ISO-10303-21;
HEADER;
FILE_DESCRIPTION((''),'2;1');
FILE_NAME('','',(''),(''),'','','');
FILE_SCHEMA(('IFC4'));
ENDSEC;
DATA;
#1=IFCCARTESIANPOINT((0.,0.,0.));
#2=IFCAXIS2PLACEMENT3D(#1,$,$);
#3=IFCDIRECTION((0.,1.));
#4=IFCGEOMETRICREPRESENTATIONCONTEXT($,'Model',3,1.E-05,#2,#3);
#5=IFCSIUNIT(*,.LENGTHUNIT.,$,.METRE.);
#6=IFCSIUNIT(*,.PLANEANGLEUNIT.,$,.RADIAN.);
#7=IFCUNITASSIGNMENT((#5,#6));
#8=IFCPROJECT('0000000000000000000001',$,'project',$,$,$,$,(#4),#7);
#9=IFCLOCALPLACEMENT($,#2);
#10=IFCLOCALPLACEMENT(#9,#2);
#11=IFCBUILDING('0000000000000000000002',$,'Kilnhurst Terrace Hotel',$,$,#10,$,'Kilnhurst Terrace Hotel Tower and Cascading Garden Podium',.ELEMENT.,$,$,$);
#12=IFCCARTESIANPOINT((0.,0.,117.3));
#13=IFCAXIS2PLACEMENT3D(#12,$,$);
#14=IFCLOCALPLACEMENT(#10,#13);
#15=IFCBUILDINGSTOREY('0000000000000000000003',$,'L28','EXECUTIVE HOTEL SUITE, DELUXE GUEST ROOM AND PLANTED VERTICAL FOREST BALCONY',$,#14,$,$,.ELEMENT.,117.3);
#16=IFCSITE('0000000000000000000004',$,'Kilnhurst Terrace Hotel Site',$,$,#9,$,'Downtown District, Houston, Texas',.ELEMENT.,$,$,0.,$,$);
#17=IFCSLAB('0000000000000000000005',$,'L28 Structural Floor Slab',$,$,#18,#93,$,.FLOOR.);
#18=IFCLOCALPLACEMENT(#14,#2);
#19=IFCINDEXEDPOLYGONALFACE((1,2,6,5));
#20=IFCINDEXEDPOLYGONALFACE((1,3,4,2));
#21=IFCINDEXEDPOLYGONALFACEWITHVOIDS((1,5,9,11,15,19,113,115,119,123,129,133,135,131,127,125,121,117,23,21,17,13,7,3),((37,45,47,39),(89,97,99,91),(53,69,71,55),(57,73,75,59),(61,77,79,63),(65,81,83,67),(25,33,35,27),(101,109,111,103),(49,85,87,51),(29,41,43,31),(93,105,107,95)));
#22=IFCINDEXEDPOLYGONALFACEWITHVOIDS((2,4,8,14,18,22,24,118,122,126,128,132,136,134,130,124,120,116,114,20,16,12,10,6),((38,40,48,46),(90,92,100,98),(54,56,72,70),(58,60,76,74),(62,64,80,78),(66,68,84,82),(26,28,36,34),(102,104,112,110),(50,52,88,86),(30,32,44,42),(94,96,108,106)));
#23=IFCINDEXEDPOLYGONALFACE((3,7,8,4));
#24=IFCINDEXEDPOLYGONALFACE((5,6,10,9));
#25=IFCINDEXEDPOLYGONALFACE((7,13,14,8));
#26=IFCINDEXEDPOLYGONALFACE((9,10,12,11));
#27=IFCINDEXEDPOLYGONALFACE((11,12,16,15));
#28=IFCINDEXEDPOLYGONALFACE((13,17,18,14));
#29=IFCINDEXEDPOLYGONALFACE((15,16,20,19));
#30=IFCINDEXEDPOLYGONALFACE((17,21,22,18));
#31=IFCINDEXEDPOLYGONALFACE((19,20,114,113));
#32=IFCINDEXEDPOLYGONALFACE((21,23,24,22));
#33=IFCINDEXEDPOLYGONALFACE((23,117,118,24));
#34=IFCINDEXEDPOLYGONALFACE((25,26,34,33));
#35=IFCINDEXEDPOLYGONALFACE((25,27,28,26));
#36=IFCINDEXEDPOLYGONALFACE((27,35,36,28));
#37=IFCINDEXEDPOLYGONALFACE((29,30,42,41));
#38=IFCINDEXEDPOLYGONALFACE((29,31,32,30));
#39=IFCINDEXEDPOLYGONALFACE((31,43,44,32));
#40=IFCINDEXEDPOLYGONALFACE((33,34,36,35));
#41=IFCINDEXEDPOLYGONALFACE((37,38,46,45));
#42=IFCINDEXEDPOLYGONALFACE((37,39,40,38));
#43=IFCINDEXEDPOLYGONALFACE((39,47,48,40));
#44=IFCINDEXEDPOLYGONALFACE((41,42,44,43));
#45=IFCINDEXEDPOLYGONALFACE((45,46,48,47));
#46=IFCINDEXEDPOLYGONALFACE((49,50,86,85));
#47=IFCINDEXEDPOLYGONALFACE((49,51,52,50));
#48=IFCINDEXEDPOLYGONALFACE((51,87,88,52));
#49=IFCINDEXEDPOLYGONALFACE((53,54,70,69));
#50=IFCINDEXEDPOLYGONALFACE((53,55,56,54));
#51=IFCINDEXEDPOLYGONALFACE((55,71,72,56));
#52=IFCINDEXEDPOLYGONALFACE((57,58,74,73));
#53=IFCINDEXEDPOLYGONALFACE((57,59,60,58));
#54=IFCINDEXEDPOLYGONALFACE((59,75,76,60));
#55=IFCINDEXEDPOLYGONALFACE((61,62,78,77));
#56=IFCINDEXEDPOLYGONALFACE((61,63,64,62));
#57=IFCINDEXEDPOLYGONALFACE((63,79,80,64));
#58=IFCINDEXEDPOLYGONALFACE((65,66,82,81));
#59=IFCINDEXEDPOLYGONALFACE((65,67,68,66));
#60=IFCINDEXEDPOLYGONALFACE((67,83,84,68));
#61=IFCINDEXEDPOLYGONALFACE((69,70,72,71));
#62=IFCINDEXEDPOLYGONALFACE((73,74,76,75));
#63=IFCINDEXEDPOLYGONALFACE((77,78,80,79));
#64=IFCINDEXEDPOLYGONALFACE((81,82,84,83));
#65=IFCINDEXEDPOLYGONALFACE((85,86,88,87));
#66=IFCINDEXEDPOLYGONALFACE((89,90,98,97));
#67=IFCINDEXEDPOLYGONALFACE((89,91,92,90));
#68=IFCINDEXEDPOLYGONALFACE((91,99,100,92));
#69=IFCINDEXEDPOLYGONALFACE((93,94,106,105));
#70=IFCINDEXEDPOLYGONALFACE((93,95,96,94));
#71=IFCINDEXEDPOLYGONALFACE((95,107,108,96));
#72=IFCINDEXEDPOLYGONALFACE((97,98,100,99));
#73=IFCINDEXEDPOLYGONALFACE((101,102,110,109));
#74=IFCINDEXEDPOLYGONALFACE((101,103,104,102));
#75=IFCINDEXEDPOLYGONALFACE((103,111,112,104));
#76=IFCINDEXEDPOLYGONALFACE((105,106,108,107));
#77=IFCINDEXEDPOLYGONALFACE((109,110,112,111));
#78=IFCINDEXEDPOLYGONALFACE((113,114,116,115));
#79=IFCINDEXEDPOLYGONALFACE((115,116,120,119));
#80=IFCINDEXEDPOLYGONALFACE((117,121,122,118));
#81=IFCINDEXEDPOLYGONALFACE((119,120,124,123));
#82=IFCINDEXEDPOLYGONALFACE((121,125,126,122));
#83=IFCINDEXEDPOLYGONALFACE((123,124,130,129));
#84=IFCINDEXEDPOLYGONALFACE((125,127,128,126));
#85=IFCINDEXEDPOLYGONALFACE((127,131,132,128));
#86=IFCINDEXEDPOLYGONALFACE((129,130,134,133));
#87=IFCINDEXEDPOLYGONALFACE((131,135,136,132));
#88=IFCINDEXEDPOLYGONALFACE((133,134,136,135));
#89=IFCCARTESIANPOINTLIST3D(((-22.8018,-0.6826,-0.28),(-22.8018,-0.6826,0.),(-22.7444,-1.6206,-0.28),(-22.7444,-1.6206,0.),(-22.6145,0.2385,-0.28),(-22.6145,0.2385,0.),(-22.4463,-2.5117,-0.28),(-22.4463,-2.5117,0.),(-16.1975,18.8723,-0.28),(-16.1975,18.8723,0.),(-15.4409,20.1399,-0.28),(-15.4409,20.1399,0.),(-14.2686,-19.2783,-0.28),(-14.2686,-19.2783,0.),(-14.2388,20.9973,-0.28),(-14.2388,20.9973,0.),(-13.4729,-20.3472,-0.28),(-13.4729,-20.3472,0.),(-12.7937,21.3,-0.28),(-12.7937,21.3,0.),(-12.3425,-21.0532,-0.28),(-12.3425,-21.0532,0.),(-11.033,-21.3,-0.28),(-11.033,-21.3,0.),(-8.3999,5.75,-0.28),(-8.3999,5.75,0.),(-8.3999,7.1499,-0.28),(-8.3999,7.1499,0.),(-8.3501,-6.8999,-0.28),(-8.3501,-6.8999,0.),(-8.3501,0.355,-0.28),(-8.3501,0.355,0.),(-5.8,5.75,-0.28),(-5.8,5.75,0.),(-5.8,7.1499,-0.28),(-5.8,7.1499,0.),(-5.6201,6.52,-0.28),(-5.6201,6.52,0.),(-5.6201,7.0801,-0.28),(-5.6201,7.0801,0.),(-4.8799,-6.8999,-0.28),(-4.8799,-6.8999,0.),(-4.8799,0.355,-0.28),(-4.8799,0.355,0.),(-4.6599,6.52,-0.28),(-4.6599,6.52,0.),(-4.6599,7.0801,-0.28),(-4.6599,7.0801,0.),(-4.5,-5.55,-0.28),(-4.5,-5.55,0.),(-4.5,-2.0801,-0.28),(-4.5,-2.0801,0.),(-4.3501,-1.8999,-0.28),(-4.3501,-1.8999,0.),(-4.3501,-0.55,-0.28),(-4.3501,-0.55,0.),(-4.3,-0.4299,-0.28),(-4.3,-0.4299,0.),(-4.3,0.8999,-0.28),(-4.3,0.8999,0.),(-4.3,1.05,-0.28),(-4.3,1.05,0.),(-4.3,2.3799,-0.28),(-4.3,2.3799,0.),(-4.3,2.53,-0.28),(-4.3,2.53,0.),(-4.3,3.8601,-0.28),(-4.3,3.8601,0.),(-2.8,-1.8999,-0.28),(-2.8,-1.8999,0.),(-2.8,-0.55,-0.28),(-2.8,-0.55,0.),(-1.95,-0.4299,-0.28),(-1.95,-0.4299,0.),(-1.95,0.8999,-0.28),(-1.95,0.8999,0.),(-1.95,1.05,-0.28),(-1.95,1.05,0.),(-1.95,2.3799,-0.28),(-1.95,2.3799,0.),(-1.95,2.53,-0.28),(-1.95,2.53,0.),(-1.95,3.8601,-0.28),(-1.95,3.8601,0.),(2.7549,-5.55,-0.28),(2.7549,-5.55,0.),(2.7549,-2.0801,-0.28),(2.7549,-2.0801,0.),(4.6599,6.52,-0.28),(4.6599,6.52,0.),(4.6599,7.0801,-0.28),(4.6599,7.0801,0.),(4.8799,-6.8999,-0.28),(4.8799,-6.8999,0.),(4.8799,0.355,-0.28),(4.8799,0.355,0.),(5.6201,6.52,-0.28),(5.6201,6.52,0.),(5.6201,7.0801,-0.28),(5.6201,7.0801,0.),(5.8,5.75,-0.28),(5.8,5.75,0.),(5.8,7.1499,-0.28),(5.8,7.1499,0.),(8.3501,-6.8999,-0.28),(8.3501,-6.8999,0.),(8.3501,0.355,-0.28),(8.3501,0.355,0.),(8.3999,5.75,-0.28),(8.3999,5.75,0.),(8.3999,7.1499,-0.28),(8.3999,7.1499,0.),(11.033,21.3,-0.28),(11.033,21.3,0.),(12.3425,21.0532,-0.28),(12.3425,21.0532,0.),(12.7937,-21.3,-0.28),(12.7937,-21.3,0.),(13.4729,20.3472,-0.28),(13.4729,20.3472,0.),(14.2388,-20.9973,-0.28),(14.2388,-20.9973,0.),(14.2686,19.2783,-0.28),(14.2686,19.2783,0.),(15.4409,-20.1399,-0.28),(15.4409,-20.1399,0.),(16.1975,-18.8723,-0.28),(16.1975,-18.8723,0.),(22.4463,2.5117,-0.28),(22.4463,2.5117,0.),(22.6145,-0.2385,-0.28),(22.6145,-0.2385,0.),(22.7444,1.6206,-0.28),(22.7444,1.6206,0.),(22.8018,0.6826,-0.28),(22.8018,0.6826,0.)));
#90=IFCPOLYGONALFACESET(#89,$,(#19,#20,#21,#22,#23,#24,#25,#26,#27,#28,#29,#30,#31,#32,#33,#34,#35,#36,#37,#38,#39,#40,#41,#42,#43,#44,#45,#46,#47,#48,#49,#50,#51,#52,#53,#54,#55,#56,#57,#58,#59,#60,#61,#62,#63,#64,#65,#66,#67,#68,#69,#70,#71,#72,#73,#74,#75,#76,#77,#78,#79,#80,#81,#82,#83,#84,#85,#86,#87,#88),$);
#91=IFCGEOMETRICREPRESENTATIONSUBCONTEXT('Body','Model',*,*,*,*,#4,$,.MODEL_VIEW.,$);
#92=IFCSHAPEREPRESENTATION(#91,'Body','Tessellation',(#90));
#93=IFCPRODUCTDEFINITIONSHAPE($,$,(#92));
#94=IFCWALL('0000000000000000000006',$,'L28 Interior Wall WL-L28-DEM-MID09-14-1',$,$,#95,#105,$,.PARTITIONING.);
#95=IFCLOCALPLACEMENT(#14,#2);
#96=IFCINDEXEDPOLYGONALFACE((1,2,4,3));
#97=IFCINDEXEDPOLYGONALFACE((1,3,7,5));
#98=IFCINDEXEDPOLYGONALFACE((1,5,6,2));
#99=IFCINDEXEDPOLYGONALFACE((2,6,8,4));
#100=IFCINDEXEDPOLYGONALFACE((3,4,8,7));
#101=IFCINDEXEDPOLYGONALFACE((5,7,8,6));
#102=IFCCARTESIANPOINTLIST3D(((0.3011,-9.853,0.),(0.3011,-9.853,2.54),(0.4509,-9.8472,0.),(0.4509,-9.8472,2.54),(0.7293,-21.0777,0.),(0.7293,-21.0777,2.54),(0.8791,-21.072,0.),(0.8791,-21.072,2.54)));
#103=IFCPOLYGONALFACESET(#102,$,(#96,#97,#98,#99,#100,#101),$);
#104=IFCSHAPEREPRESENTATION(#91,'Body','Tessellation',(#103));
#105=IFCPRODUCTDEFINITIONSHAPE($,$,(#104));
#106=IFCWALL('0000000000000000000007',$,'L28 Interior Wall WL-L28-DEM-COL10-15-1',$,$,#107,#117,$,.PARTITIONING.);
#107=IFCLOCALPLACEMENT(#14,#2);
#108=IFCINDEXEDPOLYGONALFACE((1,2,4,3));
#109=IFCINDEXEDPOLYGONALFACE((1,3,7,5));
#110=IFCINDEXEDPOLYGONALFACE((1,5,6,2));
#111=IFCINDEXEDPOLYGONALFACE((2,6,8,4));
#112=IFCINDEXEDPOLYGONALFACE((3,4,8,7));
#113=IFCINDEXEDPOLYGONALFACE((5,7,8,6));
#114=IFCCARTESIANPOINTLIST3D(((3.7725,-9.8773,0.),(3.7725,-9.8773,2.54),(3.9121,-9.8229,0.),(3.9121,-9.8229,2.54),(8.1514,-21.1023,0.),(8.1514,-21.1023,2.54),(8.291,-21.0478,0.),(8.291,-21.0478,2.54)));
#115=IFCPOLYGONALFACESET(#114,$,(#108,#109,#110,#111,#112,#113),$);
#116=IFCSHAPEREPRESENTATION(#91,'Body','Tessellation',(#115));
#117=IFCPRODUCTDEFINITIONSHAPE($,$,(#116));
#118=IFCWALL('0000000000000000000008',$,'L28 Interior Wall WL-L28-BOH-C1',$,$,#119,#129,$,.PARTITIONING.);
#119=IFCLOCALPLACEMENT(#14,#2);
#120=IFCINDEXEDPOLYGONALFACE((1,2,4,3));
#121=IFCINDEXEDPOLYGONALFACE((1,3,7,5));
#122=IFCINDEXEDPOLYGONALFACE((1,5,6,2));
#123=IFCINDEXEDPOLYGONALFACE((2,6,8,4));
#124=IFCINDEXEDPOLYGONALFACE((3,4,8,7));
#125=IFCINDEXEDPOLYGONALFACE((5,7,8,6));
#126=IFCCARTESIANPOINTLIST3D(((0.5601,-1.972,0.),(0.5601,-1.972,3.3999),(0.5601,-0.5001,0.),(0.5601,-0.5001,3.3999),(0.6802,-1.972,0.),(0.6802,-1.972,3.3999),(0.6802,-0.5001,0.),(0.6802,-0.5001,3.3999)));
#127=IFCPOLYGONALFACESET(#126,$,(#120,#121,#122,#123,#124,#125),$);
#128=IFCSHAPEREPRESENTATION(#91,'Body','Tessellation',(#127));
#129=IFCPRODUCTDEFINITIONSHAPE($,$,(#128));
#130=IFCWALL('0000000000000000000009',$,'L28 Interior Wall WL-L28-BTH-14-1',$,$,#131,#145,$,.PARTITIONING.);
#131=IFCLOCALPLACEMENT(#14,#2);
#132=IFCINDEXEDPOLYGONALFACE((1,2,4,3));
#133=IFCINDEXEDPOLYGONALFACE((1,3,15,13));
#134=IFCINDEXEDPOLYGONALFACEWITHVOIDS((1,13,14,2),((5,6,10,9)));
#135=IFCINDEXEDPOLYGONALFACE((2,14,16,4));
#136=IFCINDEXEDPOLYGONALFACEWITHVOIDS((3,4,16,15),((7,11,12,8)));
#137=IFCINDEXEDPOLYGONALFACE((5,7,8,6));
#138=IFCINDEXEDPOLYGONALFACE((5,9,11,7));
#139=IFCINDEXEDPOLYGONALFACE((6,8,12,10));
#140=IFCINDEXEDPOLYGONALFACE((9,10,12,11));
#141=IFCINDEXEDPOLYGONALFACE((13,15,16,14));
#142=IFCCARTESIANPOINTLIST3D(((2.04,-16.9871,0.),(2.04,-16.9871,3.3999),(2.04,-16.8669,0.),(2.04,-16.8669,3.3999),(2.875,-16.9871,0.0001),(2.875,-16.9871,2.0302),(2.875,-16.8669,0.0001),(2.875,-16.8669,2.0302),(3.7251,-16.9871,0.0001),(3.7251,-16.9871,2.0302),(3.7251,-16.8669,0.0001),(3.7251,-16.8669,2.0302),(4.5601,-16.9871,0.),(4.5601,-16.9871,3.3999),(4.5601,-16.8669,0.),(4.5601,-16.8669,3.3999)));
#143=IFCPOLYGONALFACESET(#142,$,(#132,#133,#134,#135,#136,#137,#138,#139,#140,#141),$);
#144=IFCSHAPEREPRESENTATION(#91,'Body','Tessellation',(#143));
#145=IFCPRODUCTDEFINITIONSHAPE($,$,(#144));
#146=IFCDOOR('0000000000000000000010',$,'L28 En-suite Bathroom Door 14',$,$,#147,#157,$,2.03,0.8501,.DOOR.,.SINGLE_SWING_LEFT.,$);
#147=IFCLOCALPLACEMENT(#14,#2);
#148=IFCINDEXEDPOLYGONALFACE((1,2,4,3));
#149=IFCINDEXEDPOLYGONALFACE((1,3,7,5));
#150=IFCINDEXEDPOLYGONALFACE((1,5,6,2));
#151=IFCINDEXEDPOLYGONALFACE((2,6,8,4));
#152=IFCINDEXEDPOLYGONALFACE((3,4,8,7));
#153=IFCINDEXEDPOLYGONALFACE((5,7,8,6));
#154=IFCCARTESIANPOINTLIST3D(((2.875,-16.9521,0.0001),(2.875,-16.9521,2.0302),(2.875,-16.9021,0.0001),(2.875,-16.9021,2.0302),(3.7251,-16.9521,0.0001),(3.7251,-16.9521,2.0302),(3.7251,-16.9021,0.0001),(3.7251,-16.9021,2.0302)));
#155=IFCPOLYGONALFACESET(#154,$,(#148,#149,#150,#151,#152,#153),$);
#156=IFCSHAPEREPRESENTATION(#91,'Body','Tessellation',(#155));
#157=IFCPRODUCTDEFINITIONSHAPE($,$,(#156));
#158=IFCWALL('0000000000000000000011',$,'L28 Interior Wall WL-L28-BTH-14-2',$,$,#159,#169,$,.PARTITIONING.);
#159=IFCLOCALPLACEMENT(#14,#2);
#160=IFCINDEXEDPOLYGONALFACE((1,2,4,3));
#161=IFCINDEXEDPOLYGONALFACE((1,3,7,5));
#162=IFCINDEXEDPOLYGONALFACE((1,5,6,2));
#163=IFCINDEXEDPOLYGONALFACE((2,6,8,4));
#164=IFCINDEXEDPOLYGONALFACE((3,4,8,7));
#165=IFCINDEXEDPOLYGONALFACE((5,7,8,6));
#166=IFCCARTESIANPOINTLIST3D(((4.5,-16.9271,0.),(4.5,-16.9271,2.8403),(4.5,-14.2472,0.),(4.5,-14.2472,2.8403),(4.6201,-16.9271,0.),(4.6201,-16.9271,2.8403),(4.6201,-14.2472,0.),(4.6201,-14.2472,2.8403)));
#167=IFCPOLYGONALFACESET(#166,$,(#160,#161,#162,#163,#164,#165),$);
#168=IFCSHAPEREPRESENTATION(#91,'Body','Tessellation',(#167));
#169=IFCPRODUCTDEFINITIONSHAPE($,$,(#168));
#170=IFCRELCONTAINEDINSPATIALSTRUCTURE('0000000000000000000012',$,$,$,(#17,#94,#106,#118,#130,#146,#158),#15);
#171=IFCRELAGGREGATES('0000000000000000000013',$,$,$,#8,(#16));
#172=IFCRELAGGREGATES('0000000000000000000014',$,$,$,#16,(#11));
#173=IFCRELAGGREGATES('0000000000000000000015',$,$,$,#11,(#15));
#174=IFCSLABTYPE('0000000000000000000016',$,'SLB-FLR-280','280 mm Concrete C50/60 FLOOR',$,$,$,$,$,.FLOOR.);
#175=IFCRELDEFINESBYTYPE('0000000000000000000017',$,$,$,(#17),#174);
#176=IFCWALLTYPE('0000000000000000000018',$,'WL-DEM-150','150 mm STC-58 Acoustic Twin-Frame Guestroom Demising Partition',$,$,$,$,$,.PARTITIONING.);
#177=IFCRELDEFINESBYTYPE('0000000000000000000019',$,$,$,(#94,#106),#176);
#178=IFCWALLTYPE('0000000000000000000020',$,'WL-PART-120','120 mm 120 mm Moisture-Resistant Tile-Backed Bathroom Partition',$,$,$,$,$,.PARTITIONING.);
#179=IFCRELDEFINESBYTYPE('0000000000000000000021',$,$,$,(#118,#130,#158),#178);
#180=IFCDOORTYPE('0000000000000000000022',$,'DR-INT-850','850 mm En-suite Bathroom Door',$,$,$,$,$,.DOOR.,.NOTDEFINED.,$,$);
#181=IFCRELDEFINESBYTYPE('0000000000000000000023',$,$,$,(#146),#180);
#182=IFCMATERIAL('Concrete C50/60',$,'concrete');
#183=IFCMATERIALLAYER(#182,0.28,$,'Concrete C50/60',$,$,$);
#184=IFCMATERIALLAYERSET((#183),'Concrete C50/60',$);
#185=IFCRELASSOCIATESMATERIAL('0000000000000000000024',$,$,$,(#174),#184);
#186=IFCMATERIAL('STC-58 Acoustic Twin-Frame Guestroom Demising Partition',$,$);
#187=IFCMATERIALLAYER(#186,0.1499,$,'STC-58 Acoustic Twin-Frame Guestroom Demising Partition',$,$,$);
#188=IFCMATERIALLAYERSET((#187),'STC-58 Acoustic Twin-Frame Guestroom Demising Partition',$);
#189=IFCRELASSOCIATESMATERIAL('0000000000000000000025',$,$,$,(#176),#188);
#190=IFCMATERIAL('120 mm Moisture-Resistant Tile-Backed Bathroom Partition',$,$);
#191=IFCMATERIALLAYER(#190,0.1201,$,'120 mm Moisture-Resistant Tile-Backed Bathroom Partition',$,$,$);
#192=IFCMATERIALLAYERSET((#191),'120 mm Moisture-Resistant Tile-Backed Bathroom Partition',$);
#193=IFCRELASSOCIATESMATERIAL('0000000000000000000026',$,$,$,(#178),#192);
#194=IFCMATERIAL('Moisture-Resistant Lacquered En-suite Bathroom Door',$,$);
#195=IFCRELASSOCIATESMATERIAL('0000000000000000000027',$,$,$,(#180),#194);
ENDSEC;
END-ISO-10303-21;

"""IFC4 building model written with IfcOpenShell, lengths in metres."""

from ifc_helpers import new_model, si_unit, direction, frame, frame_2d, origin, place, context, subcontext, project, spatial, polyline, rectangle, outline, extrude, material, layer, layer_set, type_object, element, fill, save


model = new_model("IFC4")

# Units and contexts
model_context = context("Model", 3, precision=1e-05, world=origin(), true_north=direction((0.0, 1.0)))
body_context = subcontext(model_context, "Body", "Model", "MODEL_VIEW")
ifc_project = project(units=[si_unit("LENGTHUNIT", "METRE"), si_unit("PLANEANGLEUNIT", "RADIAN")], contexts=[model_context])

# Site, building, storey
site_placement = place(None, origin())
site = spatial("IfcSite", under=ifc_project, at=site_placement, Name="Kilnhurst Terrace Hotel Site", LongName="Downtown District, Houston, Texas", CompositionType="ELEMENT", RefElevation=0.0)
building_placement = place(site_placement, origin())
building = spatial("IfcBuilding", under=site, at=building_placement, Name="Kilnhurst Terrace Hotel", LongName="Kilnhurst Terrace Hotel Tower and Cascading Garden Podium", CompositionType="ELEMENT")
storey_placement = place(building_placement, frame((0.0, 0.0, 117.3)))
storey = spatial("IfcBuildingStorey", under=building, at=storey_placement, Name="L28", Description="EXECUTIVE HOTEL SUITE, DELUXE GUEST ROOM AND PLANTED VERTICAL FOREST BALCONY", CompositionType="ELEMENT", Elevation=117.3)

# Shared definitions
ifc_material_1 = material(Name="Concrete C50/60", Category="concrete")

# Slab
ifc_layer_1 = layer(ifc_material_1, 0.28, Name="Concrete C50/60")
ifc_layer_set_1 = layer_set([ifc_layer_1], Name="Concrete C50/60")
slab_type_1 = type_object("IfcSlabType", Name="SLB-FLR-280", Description="280 mm Concrete C50/60 FLOOR", PredefinedType="FLOOR", material=ifc_layer_set_1)
slab_1_placement = place(storey_placement, frame((0.0, 0.0, -0.28)))
element("IfcSlab", 1, at=slab_1_placement, inside=storey, type_object=slab_type_1, Name="L28 Structural Floor Slab", PredefinedType="FLOOR", context=body_context, shape_type="SweptSolid", body=[
    extrude(outline(polyline([(-14.2686, -19.2783), (-13.4729, -20.3472), (-12.3425, -21.0532), (-11.033, -21.3), (12.7937, -21.3), (14.2388, -20.9973), (15.4409, -20.1399), (16.1975, -18.8723), (22.6145, -0.2385), (22.8018, 0.6826), (22.7444, 1.6206), (22.4463, 2.5117), (14.2686, 19.2783), (13.4729, 20.3472), (12.3425, 21.0532), (11.033, 21.3), (-12.7937, 21.3), (-14.2388, 20.9973), (-15.4409, 20.1399), (-16.1975, 18.8723), (-22.6145, 0.2385), (-22.8018, -0.6826), (-22.7444, -1.6206), (-22.4463, -2.5117), (-14.2686, -19.2783)]), holes=[polyline([(-8.3501, 0.355), (-4.8799, 0.355), (-4.8799, -6.8999), (-8.3501, -6.8999), (-8.3501, 0.355)]), polyline([(-2.8, -1.8999), (-4.3501, -1.8999), (-4.3501, -0.55), (-2.8, -0.55), (-2.8, -1.8999)]), polyline([(-1.95, -0.4299), (-4.3, -0.4299), (-4.3, 0.8999), (-1.95, 0.8999), (-1.95, -0.4299)]), polyline([(-4.3, 1.05), (-4.3, 2.3799), (-1.95, 2.3799), (-1.95, 1.05), (-4.3, 1.05)]), polyline([(-8.3999, 5.75), (-8.3999, 7.1499), (-5.8, 7.1499), (-5.8, 5.75), (-8.3999, 5.75)]), polyline([(-4.6599, 6.52), (-5.6201, 6.52), (-5.6201, 7.0801), (-4.6599, 7.0801), (-4.6599, 6.52)]), polyline([(2.7549, -5.55), (-4.5, -5.55), (-4.5, -2.0801), (2.7549, -2.0801), (2.7549, -5.55)]), polyline([(8.3501, 0.355), (8.3501, -6.8999), (4.8799, -6.8999), (4.8799, 0.355), (8.3501, 0.355)]), polyline([(-1.95, 2.53), (-4.3, 2.53), (-4.3, 3.8601), (-1.95, 3.8601), (-1.95, 2.53)]), polyline([(5.8, 5.75), (5.8, 7.1499), (8.3999, 7.1499), (8.3999, 5.75), (5.8, 5.75)]), polyline([(4.6599, 6.52), (4.6599, 7.0801), (5.6201, 7.0801), (5.6201, 6.52), (4.6599, 6.52)])]), origin(), (0.0, 0.0, 1.0), 0.28),
])

# Walls
ifc_material_2 = material(Name="STC-58 Acoustic Twin-Frame Guestroom Demising Partition")
ifc_layer_2 = layer(ifc_material_2, 0.1499, Name="STC-58 Acoustic Twin-Frame Guestroom Demising Partition")
ifc_layer_set_2 = layer_set([ifc_layer_2], Name="STC-58 Acoustic Twin-Frame Guestroom Demising Partition")
wall_type_1 = type_object("IfcWallType", Name="WL-DEM-150", Description="150 mm STC-58 Acoustic Twin-Frame Guestroom Demising Partition", PredefinedType="PARTITIONING", material=ifc_layer_set_2)
wall_1_placement = place(storey_placement, frame((0.376, -9.8501, 0.0), z_axis=(0.0, 0.0, 1.0), x_axis=(0.038122, -0.999273, 0.0)))
element("IfcWall", 2, at=wall_1_placement, inside=storey, type_object=wall_type_1, Name="L28 Interior Wall WL-L28-DEM-MID09-14-1", PredefinedType="PARTITIONING", context=body_context, shape_type="SweptSolid", body=[
    extrude(rectangle(XDim=11.2329, YDim=0.1499, at=frame_2d((5.6165, 0.0))), origin(), (0.0, 0.0, 1.0), 2.54),
])
wall_2_placement = place(storey_placement, frame((3.8423, -9.8501, 0.0), z_axis=(0.0, 0.0, 1.0), x_axis=(0.363433, -0.93162, 0.0)))
element("IfcWall", 3, at=wall_2_placement, inside=storey, type_object=wall_type_1, Name="L28 Interior Wall WL-L28-DEM-COL10-15-1", PredefinedType="PARTITIONING", context=body_context, shape_type="SweptSolid", body=[
    extrude(rectangle(XDim=12.0488, YDim=0.1499, at=frame_2d((6.0244, 0.0))), origin(), (0.0, 0.0, 1.0), 2.54),
])
ifc_material_3 = material(Name="120 mm Moisture-Resistant Tile-Backed Bathroom Partition")
ifc_layer_3 = layer(ifc_material_3, 0.1201, Name="120 mm Moisture-Resistant Tile-Backed Bathroom Partition")
ifc_layer_set_3 = layer_set([ifc_layer_3], Name="120 mm Moisture-Resistant Tile-Backed Bathroom Partition")
wall_type_2 = type_object("IfcWallType", Name="WL-PART-120", Description="120 mm 120 mm Moisture-Resistant Tile-Backed Bathroom Partition", PredefinedType="PARTITIONING", material=ifc_layer_set_3)
wall_3_placement = place(storey_placement, frame((0.6201, -1.9719, 0.0), z_axis=(0.0, 0.0, 1.0), x_axis=(0.0, 1.0, 0.0)))
element("IfcWall", 4, at=wall_3_placement, inside=storey, type_object=wall_type_2, Name="L28 Interior Wall WL-L28-BOH-C1", PredefinedType="PARTITIONING", context=body_context, shape_type="SweptSolid", body=[
    extrude(rectangle(XDim=1.4719, YDim=0.1201, at=frame_2d((0.7358, 0.0))), origin(), (0.0, 0.0, 1.0), 3.3999),
])

# Wall, opening, door
wall_4_placement = place(storey_placement, frame((2.04, -16.927, 0.0), z_axis=(0.0, 0.0, 1.0), x_axis=(1.0, 0.0, 0.0)))
wall_4 = element("IfcWall", 5, at=wall_4_placement, inside=storey, type_object=wall_type_2, Name="L28 Interior Wall WL-L28-BTH-14-1", PredefinedType="PARTITIONING", context=body_context, shape_type="SweptSolid", body=[
    extrude(rectangle(XDim=2.52, YDim=0.1201, at=frame_2d((1.26, 0.0))), origin(), (0.0, 0.0, 1.0), 3.3999),
])
opening_placement = place(wall_4_placement, frame((0.835, 0.0, 0.0)))
opening = element("IfcOpeningElement", 6, at=opening_placement, cuts=wall_4, PredefinedType="OPENING", context=body_context, shape_type="SweptSolid", body=[
    extrude(rectangle(XDim=0.8501, YDim=2.03, at=frame_2d((0.425, 1.0151))), frame((0.0, 0.0701, 0.0), z_axis=(0.0, -1.0, 0.0), x_axis=(1.0, 0.0, 0.0)), (0.0, 0.0, 1.0), 0.1401),
])
ifc_material_4 = material(Name="Moisture-Resistant Lacquered En-suite Bathroom Door")
door_type = type_object("IfcDoorType", Name="DR-INT-850", Description="850 mm En-suite Bathroom Door", OperationType="NOTDEFINED", PredefinedType="DOOR", material=ifc_material_4)
door_placement = place(opening_placement, origin())
door = element("IfcDoor", 7, at=door_placement, inside=storey, type_object=door_type, Name="L28 En-suite Bathroom Door 14", OperationType="SINGLE_SWING_LEFT", OverallHeight=2.03, OverallWidth=0.8501, PredefinedType="DOOR", context=body_context, shape_type="SweptSolid", body=[
    extrude(rectangle(XDim=0.8501, YDim=2.03, at=frame_2d((0.425, 1.0151))), frame((0.0, 0.0249, 0.0), z_axis=(0.0, -1.0, 0.0), x_axis=(1.0, 0.0, 0.0)), (0.0, 0.0, 1.0), 0.05),
])
fill(opening, door)

# Wall
wall_5_placement = place(storey_placement, frame((4.5601, -16.927, 0.0), z_axis=(0.0, 0.0, 1.0), x_axis=(0.0, 1.0, 0.0)))
element("IfcWall", 8, at=wall_5_placement, inside=storey, type_object=wall_type_2, Name="L28 Interior Wall WL-L28-BTH-14-2", PredefinedType="PARTITIONING", context=body_context, shape_type="SweptSolid", body=[
    extrude(rectangle(XDim=2.6799, YDim=0.1201, at=frame_2d((1.3398, 0.0))), origin(), (0.0, 0.0, 1.0), 2.8403),
])

save(model, "model.ifc")
